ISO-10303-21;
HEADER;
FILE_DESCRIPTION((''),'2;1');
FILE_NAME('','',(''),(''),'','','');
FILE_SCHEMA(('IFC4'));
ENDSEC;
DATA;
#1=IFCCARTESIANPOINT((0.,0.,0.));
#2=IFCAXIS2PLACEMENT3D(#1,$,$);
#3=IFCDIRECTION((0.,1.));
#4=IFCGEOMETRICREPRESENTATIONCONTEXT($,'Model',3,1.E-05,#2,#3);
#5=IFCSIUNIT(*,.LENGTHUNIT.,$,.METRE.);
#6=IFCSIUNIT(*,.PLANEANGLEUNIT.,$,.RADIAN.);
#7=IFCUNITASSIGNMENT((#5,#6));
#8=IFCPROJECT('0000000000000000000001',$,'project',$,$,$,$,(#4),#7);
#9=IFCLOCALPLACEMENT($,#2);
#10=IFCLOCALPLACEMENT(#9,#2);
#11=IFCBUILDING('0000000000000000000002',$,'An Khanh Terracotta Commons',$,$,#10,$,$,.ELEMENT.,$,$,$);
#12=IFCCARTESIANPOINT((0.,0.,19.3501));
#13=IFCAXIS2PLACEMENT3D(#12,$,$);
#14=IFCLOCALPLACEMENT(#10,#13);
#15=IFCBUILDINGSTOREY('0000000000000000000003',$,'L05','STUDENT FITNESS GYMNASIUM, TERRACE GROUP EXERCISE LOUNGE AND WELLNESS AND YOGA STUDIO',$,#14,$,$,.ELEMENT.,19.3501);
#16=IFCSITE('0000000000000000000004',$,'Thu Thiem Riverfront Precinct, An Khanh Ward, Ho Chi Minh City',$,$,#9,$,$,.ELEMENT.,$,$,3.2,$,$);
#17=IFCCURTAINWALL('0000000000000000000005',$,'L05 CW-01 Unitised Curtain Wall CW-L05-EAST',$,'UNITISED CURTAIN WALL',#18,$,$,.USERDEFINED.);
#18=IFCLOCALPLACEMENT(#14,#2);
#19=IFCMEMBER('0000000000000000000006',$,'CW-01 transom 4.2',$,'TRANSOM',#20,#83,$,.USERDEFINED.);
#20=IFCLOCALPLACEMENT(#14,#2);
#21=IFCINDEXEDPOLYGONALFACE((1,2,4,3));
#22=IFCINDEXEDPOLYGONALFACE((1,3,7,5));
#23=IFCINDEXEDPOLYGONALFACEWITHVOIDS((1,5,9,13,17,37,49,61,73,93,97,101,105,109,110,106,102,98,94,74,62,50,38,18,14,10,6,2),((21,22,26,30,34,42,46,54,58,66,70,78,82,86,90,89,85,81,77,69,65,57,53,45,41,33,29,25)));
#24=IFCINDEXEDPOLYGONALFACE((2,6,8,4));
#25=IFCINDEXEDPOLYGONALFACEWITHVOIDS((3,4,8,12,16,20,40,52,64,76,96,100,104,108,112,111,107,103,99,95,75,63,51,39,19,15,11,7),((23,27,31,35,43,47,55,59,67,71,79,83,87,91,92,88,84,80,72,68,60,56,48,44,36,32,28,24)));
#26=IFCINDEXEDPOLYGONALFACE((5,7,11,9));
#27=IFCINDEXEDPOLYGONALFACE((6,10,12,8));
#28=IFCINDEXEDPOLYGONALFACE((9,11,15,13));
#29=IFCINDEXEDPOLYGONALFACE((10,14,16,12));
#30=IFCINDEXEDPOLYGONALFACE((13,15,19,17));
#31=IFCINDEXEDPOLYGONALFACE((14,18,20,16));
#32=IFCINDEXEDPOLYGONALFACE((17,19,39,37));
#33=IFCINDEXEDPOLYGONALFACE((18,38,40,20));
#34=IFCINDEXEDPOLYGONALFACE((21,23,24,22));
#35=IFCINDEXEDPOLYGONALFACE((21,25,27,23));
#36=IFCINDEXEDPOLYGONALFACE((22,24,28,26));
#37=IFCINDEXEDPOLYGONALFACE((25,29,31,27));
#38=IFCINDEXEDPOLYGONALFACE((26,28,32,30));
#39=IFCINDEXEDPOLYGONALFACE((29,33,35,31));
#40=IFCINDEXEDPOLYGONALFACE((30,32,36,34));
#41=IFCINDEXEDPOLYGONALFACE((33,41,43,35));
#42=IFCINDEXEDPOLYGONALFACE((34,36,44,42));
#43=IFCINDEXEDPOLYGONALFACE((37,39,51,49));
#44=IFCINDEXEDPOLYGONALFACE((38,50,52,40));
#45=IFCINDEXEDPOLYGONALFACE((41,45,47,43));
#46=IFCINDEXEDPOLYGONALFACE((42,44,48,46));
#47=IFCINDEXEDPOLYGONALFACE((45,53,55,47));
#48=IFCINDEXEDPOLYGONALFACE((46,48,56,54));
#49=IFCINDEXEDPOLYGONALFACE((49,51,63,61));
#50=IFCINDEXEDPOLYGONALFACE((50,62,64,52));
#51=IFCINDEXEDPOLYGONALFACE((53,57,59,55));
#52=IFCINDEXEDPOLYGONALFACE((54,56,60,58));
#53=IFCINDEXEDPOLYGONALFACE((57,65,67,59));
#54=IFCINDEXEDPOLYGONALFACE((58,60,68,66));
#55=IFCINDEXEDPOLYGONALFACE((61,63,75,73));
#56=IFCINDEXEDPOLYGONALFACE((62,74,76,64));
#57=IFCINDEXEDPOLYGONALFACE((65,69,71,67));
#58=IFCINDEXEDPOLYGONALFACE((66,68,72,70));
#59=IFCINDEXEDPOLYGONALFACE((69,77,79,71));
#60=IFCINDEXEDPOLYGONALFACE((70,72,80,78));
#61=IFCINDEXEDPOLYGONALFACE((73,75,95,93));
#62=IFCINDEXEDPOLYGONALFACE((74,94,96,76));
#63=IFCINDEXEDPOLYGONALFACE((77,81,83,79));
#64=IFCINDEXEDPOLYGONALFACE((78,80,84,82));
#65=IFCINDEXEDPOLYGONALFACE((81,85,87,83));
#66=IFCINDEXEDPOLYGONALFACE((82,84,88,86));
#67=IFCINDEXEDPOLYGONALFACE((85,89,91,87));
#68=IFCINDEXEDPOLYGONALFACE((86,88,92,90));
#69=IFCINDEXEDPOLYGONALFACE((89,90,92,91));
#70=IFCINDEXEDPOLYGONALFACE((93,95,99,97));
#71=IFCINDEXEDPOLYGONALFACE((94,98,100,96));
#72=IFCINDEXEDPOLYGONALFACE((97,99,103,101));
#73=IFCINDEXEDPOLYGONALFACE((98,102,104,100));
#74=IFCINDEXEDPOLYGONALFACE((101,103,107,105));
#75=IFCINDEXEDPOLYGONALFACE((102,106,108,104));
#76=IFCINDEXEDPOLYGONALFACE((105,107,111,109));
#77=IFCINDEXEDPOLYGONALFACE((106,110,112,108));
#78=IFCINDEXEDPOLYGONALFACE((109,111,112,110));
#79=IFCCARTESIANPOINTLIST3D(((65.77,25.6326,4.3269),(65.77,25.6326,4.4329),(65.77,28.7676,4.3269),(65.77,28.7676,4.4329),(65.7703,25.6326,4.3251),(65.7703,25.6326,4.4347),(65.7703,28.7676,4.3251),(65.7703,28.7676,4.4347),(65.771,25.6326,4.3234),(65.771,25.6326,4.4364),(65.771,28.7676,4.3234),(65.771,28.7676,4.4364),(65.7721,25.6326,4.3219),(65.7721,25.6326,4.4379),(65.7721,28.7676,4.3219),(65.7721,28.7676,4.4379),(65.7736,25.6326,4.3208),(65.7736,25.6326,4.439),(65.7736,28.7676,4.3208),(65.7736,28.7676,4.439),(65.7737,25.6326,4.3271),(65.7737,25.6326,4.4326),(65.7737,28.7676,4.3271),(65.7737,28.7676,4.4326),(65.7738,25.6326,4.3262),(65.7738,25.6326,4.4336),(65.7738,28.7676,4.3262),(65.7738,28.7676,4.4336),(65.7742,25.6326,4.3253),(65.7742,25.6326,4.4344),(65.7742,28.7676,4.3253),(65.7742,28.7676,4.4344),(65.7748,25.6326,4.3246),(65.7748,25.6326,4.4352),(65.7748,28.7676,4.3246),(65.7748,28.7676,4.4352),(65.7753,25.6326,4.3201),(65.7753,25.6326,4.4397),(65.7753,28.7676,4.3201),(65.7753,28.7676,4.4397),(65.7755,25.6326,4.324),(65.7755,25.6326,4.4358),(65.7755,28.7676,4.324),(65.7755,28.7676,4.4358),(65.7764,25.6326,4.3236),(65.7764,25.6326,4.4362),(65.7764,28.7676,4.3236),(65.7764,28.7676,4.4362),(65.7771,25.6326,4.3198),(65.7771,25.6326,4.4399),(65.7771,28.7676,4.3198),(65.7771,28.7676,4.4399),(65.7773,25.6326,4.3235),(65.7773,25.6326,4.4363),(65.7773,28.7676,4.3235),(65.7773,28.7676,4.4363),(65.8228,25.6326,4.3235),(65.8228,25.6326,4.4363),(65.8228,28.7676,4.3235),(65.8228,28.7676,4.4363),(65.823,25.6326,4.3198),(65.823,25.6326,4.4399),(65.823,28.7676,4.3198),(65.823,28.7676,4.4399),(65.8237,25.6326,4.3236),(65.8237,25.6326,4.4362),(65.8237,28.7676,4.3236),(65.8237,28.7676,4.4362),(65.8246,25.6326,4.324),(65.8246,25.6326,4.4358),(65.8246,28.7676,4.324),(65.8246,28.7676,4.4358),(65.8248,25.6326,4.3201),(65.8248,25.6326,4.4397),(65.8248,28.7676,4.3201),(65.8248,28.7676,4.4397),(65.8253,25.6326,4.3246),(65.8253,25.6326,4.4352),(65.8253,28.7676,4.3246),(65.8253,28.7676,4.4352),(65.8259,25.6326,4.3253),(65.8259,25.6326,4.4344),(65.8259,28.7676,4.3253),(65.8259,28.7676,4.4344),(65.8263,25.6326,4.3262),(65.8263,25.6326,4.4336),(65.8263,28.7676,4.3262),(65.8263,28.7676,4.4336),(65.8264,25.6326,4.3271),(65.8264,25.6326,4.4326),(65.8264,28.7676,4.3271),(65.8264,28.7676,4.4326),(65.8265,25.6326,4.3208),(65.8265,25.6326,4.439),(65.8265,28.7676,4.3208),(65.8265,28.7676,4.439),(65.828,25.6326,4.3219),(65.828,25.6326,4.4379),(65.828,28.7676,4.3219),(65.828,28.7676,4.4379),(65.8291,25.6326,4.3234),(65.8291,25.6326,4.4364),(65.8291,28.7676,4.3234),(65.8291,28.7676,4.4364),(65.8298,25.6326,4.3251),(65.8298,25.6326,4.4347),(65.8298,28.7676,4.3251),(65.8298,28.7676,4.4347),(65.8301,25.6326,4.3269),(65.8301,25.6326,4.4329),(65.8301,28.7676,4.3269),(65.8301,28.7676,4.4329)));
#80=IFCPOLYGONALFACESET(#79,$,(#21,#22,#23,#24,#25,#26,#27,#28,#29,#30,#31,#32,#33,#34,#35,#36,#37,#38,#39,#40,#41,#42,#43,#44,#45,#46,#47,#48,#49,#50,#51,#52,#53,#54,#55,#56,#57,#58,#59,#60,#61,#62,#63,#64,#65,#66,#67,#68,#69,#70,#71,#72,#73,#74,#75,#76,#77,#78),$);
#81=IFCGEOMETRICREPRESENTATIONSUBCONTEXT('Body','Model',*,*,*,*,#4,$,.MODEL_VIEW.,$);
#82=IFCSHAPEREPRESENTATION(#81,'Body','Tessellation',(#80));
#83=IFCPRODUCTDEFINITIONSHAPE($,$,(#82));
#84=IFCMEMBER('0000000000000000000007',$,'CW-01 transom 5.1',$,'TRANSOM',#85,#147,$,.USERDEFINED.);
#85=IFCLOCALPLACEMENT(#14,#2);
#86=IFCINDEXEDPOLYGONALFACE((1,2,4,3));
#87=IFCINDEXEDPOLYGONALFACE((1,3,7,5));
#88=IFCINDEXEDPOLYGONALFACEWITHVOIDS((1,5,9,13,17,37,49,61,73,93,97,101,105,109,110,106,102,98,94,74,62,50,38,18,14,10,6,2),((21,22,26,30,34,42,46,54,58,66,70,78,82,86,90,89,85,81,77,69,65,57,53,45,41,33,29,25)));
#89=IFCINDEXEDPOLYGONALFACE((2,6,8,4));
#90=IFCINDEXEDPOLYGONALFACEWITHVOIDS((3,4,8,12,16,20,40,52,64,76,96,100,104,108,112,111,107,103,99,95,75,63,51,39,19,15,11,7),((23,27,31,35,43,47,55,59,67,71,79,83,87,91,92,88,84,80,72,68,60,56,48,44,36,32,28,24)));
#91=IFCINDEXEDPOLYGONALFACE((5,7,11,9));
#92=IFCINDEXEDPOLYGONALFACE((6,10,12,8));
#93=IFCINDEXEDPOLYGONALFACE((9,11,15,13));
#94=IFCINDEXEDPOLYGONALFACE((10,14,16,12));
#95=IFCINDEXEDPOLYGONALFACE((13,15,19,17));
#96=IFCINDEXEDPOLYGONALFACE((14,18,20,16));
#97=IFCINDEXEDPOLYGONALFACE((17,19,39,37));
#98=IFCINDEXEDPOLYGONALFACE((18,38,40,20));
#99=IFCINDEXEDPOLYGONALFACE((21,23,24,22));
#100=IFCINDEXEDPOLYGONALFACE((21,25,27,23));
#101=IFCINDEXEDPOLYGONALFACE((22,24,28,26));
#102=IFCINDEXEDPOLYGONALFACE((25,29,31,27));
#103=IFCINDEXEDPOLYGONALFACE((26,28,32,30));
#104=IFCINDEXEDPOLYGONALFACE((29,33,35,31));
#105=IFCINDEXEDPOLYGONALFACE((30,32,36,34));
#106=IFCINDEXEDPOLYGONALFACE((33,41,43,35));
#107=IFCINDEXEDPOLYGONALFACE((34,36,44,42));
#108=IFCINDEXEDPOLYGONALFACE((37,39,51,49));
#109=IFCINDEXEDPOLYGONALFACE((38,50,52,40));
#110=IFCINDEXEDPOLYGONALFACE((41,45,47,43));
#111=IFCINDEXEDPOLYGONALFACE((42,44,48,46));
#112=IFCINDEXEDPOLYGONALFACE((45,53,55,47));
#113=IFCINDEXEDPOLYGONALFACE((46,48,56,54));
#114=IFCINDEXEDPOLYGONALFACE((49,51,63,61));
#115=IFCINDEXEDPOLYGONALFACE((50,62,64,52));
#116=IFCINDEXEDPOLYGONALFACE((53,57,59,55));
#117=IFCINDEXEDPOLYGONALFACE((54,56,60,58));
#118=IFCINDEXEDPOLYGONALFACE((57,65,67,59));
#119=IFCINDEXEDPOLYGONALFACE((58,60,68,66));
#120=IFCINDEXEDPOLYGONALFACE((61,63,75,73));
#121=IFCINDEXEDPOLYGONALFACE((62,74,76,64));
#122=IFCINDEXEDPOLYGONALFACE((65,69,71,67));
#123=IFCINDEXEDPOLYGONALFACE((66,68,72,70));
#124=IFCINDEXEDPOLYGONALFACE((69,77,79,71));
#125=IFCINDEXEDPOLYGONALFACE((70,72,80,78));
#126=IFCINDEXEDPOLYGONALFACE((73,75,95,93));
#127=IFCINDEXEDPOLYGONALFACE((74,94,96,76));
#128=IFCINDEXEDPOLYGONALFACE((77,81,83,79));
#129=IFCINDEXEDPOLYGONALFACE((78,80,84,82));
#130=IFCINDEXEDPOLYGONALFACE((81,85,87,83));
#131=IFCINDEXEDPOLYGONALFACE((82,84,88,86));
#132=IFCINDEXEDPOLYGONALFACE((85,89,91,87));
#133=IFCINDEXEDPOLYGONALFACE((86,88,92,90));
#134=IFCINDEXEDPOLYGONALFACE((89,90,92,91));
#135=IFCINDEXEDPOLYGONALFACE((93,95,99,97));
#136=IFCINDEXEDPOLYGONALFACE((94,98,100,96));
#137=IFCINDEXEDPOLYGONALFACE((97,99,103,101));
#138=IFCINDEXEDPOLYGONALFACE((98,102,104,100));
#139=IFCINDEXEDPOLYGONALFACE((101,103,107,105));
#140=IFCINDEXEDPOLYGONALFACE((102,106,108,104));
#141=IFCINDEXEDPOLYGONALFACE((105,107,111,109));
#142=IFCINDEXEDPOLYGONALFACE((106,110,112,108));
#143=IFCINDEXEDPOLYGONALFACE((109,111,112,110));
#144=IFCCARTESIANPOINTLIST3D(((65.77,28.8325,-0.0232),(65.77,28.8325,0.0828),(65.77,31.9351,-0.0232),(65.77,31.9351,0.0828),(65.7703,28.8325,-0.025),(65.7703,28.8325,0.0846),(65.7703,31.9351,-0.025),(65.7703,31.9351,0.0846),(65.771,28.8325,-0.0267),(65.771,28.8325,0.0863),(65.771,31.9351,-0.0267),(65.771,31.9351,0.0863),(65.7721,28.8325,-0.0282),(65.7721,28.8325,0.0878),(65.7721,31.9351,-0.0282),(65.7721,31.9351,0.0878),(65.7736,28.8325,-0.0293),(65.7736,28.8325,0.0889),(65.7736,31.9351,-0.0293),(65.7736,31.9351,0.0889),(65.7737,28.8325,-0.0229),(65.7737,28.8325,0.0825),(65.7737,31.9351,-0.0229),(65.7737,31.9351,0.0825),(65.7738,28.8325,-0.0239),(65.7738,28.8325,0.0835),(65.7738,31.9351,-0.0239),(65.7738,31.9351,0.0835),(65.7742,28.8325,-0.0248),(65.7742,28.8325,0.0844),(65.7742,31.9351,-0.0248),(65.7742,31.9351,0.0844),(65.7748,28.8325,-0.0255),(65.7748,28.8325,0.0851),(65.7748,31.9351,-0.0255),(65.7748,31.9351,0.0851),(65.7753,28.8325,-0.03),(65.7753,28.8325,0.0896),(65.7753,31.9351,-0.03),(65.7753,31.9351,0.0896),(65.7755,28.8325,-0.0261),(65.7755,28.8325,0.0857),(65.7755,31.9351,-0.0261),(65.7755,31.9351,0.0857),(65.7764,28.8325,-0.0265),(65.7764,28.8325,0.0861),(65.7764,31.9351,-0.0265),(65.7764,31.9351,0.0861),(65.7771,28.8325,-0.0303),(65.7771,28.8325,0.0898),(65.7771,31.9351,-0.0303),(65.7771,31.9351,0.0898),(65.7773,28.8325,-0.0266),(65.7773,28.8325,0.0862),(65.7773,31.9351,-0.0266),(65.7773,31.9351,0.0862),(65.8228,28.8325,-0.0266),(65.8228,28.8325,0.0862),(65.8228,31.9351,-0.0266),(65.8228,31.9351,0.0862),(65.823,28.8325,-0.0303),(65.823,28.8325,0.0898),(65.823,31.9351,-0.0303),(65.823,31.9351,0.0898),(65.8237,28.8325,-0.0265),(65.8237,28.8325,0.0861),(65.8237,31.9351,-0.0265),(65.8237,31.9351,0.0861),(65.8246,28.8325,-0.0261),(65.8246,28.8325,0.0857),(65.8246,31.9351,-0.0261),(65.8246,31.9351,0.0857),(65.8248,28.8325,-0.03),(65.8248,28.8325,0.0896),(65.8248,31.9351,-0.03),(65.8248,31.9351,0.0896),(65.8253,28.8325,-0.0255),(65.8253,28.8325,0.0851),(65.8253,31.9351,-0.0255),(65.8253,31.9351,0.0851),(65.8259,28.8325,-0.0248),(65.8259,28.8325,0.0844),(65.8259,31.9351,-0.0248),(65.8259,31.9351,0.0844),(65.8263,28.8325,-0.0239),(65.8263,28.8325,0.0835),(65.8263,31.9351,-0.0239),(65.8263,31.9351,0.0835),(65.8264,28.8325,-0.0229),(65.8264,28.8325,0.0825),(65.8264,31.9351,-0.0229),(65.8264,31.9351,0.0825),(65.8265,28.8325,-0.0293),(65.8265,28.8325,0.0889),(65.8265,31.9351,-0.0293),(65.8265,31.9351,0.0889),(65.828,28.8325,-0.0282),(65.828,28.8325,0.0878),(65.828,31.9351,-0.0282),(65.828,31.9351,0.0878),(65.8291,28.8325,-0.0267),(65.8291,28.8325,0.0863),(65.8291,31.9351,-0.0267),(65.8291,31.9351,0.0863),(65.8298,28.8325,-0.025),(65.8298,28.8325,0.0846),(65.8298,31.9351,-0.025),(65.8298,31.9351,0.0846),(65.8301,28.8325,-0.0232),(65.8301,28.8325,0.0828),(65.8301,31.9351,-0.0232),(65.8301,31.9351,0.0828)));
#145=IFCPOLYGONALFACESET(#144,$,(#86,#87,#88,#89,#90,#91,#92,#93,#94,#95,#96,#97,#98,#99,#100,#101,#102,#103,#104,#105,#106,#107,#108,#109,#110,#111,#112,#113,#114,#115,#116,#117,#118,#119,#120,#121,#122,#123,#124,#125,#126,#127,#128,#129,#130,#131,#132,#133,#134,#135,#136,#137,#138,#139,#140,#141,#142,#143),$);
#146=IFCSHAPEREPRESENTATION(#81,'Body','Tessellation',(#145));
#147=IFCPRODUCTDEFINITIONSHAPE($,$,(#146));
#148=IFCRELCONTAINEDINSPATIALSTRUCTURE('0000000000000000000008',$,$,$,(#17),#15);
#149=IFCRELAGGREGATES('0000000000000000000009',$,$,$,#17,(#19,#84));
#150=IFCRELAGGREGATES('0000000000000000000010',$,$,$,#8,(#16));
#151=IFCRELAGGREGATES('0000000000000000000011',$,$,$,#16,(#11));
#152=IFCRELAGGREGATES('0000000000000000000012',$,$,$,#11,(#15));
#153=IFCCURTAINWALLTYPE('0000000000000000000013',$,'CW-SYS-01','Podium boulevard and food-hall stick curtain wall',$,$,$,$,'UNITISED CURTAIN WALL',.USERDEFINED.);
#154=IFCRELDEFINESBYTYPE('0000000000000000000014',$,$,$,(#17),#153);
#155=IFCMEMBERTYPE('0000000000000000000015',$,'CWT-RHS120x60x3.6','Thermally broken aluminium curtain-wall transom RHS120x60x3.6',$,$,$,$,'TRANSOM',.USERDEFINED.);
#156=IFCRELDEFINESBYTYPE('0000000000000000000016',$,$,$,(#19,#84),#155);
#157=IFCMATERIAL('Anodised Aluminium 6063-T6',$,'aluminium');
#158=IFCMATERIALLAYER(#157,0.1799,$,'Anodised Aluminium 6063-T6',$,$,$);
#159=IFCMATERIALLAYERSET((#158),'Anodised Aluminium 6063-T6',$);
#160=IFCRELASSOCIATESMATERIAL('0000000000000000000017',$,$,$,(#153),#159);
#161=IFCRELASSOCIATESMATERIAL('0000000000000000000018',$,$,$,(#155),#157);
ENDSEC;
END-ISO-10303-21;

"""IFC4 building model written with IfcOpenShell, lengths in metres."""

from ifc_helpers import new_model, si_unit, direction, frame, origin, origin_2d, place, context, subcontext, project, spatial, hollow_rectangle, extrude, material, layer, layer_set, material_profile, profile_set, type_object, element, aggregate, save


model = new_model("IFC4")

# Units and contexts
model_context = context("Model", 3, precision=1e-05, world=origin(), true_north=direction((0.0, 1.0)))
body_context = subcontext(model_context, "Body", "Model", "MODEL_VIEW")
ifc_project = project(units=[si_unit("LENGTHUNIT", "METRE"), si_unit("PLANEANGLEUNIT", "RADIAN")], contexts=[model_context])

# Site, building, storey
site_placement = place(None, origin())
site = spatial("IfcSite", under=ifc_project, at=site_placement, Name="Thu Thiem Riverfront Precinct, An Khanh Ward, Ho Chi Minh City", CompositionType="ELEMENT", RefElevation=3.2)
building_placement = place(site_placement, origin())
building = spatial("IfcBuilding", under=site, at=building_placement, Name="An Khanh Terracotta Commons", CompositionType="ELEMENT")
storey_placement = place(building_placement, frame((0.0, 0.0, 19.3501)))
storey = spatial("IfcBuildingStorey", under=building, at=storey_placement, Name="L05", Description="STUDENT FITNESS GYMNASIUM, TERRACE GROUP EXERCISE LOUNGE AND WELLNESS AND YOGA STUDIO", CompositionType="ELEMENT", Elevation=19.3501)

# Curtain wall, members
ifc_material_1 = material(Name="Anodised Aluminium 6063-T6", Category="aluminium")
ifc_layer_1 = layer(ifc_material_1, 0.1799, Name="Anodised Aluminium 6063-T6")
ifc_layer_set_1 = layer_set([ifc_layer_1], Name="Anodised Aluminium 6063-T6")
curtain_wall_type = type_object("IfcCurtainWallType", Name="CW-SYS-01", Description="Podium boulevard and food-hall stick curtain wall", ElementType="UNITISED CURTAIN WALL", PredefinedType="USERDEFINED", material=ifc_layer_set_1)
curtain_wall_placement = place(storey_placement, origin())
curtain_wall = element("IfcCurtainWall", 1, at=curtain_wall_placement, inside=storey, type_object=curtain_wall_type, Name="L05 CW-01 Unitised Curtain Wall CW-L05-EAST", ObjectType="UNITISED CURTAIN WALL", PredefinedType="USERDEFINED")
ifc_material_profile_1 = material_profile(ifc_material_1, hollow_rectangle(XDim=0.0601, YDim=0.1201, WallThickness=0.0037, InnerFilletRadius=0.0037, OuterFilletRadius=0.0071, at=origin_2d()), Name="RHS120x60x3.6")
ifc_profile_set_1 = profile_set([ifc_material_profile_1], Name="Anodised Aluminium 6063-T6")
member_type_1 = type_object("IfcMemberType", Name="CWT-RHS120x60x3.6", Description="Thermally broken aluminium curtain-wall transom RHS120x60x3.6", ElementType="TRANSOM", PredefinedType="USERDEFINED", material=ifc_profile_set_1)
member_1_placement = place(storey_placement, frame((65.8, 25.6326, 4.3799), z_axis=(0.0, 1.0, 0.0), x_axis=(-1.0, 0.0, 0.0)))
member_1 = element("IfcMember", 2, at=member_1_placement, type_object=member_type_1, Name="CW-01 transom 4.2", ObjectType="TRANSOM", PredefinedType="USERDEFINED", context=body_context, shape_type="SweptSolid", body=[
    extrude(hollow_rectangle(XDim=0.0601, YDim=0.1201, WallThickness=0.0037, InnerFilletRadius=0.0037, OuterFilletRadius=0.0071, at=origin_2d()), origin(), (0.0, 0.0, 1.0), 3.135),
])
member_2_placement = place(storey_placement, frame((65.8, 28.8325, 0.0298), z_axis=(0.0, 1.0, 0.0), x_axis=(-1.0, 0.0, 0.0)))
member_2 = element("IfcMember", 3, at=member_2_placement, type_object=member_type_1, Name="CW-01 transom 5.1", ObjectType="TRANSOM", PredefinedType="USERDEFINED", context=body_context, shape_type="SweptSolid", body=[
    extrude(hollow_rectangle(XDim=0.0601, YDim=0.1201, WallThickness=0.0037, InnerFilletRadius=0.0037, OuterFilletRadius=0.0071, at=origin_2d()), origin(), (0.0, 0.0, 1.0), 3.1025),
])
aggregate(curtain_wall, [member_1, member_2])

save(model, "model.ifc")
